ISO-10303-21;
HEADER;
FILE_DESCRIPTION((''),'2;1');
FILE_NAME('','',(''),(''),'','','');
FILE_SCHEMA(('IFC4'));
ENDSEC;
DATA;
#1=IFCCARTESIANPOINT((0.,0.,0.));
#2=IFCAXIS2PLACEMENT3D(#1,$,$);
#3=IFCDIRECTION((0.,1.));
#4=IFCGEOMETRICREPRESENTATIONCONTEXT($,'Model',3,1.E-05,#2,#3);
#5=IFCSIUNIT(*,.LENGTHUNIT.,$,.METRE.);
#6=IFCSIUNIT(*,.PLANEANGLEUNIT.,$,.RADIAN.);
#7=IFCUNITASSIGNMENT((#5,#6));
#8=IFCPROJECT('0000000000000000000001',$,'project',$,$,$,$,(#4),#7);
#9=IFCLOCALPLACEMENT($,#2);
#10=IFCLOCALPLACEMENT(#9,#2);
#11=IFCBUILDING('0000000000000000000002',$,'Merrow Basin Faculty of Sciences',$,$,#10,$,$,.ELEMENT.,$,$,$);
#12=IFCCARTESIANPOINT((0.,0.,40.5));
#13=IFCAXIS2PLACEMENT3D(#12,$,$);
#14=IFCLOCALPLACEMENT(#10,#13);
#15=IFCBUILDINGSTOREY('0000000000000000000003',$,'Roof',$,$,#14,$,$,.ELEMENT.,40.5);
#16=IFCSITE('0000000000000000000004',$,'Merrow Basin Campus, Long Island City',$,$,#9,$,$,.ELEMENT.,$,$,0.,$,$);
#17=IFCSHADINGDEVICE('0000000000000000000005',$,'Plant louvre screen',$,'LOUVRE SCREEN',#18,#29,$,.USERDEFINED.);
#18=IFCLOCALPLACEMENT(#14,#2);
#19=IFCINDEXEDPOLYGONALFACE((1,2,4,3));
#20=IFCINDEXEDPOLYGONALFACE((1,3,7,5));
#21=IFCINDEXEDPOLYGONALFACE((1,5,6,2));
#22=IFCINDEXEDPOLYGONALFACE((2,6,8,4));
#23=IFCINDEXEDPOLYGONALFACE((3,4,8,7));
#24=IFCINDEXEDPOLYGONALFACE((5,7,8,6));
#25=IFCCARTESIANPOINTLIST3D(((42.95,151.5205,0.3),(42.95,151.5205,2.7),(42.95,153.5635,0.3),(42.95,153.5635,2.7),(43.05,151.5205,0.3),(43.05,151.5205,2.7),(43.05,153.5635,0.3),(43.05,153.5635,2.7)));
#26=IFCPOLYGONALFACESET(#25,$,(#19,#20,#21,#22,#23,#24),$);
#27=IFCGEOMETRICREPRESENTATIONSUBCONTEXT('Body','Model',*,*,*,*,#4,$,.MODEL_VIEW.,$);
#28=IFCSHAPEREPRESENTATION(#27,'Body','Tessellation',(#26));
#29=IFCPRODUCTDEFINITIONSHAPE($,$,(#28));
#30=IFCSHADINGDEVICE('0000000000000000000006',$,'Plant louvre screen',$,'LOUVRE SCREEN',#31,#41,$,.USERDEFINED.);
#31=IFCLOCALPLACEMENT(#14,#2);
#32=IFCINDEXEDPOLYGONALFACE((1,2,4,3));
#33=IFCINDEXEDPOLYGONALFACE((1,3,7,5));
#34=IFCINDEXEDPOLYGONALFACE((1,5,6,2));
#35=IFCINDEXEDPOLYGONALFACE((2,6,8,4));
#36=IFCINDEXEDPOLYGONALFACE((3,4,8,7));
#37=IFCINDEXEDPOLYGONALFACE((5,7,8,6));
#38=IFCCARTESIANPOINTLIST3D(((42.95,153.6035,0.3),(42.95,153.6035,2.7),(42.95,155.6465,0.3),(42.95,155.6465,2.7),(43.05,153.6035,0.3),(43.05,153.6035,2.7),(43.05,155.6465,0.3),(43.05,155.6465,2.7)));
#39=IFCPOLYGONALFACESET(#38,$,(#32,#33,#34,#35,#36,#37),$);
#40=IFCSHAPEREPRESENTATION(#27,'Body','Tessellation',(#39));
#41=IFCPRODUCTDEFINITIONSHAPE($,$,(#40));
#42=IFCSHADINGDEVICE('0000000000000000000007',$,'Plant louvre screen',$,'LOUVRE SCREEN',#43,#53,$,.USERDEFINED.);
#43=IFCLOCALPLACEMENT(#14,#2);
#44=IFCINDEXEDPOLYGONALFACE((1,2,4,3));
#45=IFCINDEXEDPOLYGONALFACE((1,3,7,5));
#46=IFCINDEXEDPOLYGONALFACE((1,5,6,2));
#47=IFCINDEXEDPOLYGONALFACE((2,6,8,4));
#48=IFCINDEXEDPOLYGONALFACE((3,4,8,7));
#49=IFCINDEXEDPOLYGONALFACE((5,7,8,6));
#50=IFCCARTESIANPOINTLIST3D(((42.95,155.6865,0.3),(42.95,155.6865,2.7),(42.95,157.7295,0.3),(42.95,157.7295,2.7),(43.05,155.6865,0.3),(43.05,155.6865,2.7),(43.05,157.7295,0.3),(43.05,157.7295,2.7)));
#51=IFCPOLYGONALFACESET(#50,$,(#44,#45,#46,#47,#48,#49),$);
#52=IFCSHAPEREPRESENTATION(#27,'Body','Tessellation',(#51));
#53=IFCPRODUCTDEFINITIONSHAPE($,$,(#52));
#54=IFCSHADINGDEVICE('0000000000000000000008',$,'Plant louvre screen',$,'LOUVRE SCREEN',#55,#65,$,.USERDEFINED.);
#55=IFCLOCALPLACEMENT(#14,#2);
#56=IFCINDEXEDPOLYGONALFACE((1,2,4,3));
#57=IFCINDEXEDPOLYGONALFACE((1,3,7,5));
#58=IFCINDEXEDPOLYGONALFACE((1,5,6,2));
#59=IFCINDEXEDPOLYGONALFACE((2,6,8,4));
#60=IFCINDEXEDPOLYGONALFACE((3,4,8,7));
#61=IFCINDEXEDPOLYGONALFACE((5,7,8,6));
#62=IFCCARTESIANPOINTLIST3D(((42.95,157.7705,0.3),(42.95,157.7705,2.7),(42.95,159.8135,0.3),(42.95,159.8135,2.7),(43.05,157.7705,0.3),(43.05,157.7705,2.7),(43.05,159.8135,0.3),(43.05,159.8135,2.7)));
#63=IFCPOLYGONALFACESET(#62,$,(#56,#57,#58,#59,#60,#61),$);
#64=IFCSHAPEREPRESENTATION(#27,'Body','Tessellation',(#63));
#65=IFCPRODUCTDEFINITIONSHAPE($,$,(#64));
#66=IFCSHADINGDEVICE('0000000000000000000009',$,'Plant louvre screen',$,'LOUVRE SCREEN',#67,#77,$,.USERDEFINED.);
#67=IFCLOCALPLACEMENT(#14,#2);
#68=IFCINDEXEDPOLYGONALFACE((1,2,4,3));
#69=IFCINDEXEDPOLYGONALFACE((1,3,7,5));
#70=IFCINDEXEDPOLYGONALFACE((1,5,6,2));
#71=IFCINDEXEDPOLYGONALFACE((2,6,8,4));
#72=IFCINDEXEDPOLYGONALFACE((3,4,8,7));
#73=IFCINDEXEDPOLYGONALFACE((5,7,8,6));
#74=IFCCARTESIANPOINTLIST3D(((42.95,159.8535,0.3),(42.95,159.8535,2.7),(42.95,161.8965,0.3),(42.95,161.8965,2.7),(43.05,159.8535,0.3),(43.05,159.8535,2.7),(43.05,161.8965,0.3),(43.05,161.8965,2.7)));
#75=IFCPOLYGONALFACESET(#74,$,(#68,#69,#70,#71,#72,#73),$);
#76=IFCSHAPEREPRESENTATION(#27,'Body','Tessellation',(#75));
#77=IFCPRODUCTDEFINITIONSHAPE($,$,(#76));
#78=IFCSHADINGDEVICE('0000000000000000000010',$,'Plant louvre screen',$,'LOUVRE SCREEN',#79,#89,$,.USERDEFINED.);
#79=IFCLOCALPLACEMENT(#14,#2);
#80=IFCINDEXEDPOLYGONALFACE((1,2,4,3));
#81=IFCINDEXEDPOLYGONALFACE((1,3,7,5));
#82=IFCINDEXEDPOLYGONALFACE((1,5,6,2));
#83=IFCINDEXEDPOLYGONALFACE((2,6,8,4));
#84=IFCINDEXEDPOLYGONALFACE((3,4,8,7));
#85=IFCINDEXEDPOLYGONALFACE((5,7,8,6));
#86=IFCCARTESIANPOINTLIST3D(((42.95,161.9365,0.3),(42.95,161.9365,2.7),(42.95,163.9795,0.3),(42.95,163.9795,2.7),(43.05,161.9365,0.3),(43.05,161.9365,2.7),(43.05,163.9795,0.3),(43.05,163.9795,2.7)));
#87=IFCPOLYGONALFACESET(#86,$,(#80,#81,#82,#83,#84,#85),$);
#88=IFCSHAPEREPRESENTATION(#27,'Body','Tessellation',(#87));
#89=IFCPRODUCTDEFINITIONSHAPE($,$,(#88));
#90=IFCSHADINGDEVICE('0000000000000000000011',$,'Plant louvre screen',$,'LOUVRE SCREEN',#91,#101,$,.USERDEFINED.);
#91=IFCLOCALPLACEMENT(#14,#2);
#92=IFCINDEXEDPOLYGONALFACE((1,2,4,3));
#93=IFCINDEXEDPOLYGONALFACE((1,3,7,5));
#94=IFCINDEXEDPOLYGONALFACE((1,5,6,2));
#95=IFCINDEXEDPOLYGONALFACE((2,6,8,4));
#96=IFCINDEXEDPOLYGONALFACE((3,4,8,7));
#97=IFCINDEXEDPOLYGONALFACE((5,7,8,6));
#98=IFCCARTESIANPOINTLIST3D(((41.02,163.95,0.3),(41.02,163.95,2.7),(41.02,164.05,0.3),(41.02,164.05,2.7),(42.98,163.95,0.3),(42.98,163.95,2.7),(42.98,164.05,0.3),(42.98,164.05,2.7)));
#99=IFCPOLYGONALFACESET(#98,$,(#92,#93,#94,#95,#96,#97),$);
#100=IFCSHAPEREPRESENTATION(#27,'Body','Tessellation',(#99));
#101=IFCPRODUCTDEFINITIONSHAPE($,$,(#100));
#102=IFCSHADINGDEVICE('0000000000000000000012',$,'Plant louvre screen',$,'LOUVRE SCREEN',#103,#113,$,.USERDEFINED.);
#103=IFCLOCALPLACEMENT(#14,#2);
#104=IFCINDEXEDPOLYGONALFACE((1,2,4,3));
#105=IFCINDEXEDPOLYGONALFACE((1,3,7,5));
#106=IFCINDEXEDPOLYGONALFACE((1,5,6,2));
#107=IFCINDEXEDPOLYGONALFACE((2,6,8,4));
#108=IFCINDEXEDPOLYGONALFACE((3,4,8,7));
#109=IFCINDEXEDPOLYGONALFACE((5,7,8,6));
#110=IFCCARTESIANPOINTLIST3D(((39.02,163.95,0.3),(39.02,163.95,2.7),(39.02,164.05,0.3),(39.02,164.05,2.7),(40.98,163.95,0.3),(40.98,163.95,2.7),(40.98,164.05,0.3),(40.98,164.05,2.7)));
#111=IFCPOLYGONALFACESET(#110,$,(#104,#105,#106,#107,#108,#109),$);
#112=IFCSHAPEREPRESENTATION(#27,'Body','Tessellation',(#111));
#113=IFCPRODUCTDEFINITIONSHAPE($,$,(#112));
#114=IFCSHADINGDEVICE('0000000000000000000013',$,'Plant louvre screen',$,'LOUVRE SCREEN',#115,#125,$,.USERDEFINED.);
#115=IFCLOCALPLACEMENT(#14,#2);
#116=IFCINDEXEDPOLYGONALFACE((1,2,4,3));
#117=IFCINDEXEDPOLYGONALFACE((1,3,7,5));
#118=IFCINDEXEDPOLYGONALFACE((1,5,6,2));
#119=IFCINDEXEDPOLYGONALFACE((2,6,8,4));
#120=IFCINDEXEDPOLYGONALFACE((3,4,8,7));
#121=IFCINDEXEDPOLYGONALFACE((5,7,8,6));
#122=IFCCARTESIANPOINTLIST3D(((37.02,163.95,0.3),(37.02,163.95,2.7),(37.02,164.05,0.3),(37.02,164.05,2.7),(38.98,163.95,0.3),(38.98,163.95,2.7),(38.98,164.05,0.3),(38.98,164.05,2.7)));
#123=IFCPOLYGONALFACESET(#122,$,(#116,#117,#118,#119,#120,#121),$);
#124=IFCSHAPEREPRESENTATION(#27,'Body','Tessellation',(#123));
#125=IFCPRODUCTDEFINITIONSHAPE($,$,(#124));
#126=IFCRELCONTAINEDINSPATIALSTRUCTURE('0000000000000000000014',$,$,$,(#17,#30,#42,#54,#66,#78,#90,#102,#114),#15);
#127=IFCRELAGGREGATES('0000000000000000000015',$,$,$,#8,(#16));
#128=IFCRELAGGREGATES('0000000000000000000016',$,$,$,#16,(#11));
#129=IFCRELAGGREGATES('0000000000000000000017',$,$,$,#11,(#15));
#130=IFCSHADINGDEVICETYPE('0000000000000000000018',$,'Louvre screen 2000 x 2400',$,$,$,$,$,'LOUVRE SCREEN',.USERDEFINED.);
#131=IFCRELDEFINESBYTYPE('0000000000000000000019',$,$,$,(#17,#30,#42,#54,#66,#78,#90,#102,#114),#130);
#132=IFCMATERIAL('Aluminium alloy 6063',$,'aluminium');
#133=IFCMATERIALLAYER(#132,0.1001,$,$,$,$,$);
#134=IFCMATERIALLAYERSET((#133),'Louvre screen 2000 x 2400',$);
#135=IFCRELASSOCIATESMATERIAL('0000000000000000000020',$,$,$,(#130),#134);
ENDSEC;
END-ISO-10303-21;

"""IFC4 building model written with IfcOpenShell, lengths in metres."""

from ifc_helpers import new_model, si_unit, direction, frame, origin, origin_2d, place, context, subcontext, project, spatial, rectangle, extrude, material, layer, layer_set, type_object, element, save


model = new_model("IFC4")

# Units and contexts
model_context = context("Model", 3, precision=1e-05, world=origin(), true_north=direction((0.0, 1.0)))
body_context = subcontext(model_context, "Body", "Model", "MODEL_VIEW")
ifc_project = project(units=[si_unit("LENGTHUNIT", "METRE"), si_unit("PLANEANGLEUNIT", "RADIAN")], contexts=[model_context])

# Site, building, storey
site_placement = place(None, origin())
site = spatial("IfcSite", under=ifc_project, at=site_placement, Name="Merrow Basin Campus, Long Island City", CompositionType="ELEMENT", RefElevation=0.0)
building_placement = place(site_placement, origin())
building = spatial("IfcBuilding", under=site, at=building_placement, Name="Merrow Basin Faculty of Sciences", CompositionType="ELEMENT")
storey_placement = place(building_placement, frame((0.0, 0.0, 40.5)))
storey = spatial("IfcBuildingStorey", under=building, at=storey_placement, Name="Roof", CompositionType="ELEMENT", Elevation=40.5)

# Shading devices
ifc_material_1 = material(Name="Aluminium alloy 6063", Category="aluminium")
ifc_layer_1 = layer(ifc_material_1, 0.1001)
ifc_layer_set_1 = layer_set([ifc_layer_1], Name="Louvre screen 2000 x 2400")
shading_device_type = type_object("IfcShadingDeviceType", Name="Louvre screen 2000 x 2400", ElementType="LOUVRE SCREEN", PredefinedType="USERDEFINED", material=ifc_layer_set_1)
for number, where, z_axis, x_axis, name in (
    (1, (43.0, 152.542, 0.3), (0.0, 0.0, 1.0), (0.0, 1.0, 0.0), "Plant louvre screen"),
    (2, (43.0, 154.625, 0.3), (0.0, 0.0, 1.0), (0.0, 1.0, 0.0), "Plant louvre screen"),
    (3, (43.0, 156.708, 0.3), (0.0, 0.0, 1.0), (0.0, 1.0, 0.0), "Plant louvre screen"),
    (4, (43.0, 158.792, 0.3), (0.0, 0.0, 1.0), (0.0, 1.0, 0.0), "Plant louvre screen"),
    (5, (43.0, 160.875, 0.3), (0.0, 0.0, 1.0), (0.0, 1.0, 0.0), "Plant louvre screen"),
    (6, (43.0, 162.958, 0.3), (0.0, 0.0, 1.0), (0.0, 1.0, 0.0), "Plant louvre screen"),
):
    element("IfcShadingDevice", number, at=place(storey_placement, frame(where, z_axis=z_axis, x_axis=x_axis)), inside=storey, type_object=shading_device_type, Name=name, ObjectType="LOUVRE SCREEN", PredefinedType="USERDEFINED", context=body_context, shape_type="SweptSolid", body=[
        extrude(rectangle(XDim=2.043, YDim=0.1001, at=origin_2d()), origin(), (0.0, 0.0, 1.0), 2.3999),
    ])
for number, where, z_axis, x_axis, name in (
    (7, (42.0, 164.0, 0.3), (0.0, 0.0, 1.0), (1.0, 0.0, 0.0), "Plant louvre screen"),
    (8, (40.0, 164.0, 0.3), (0.0, 0.0, 1.0), (1.0, 0.0, 0.0), "Plant louvre screen"),
    (9, (38.0, 164.0, 0.3), (0.0, 0.0, 1.0), (1.0, 0.0, 0.0), "Plant louvre screen"),
):
    element("IfcShadingDevice", number, at=place(storey_placement, frame(where, z_axis=z_axis, x_axis=x_axis)), inside=storey, type_object=shading_device_type, Name=name, ObjectType="LOUVRE SCREEN", PredefinedType="USERDEFINED", context=body_context, shape_type="SweptSolid", body=[
        extrude(rectangle(XDim=1.96, YDim=0.1001, at=origin_2d()), origin(), (0.0, 0.0, 1.0), 2.3999),
    ])

save(model, "model.ifc")
